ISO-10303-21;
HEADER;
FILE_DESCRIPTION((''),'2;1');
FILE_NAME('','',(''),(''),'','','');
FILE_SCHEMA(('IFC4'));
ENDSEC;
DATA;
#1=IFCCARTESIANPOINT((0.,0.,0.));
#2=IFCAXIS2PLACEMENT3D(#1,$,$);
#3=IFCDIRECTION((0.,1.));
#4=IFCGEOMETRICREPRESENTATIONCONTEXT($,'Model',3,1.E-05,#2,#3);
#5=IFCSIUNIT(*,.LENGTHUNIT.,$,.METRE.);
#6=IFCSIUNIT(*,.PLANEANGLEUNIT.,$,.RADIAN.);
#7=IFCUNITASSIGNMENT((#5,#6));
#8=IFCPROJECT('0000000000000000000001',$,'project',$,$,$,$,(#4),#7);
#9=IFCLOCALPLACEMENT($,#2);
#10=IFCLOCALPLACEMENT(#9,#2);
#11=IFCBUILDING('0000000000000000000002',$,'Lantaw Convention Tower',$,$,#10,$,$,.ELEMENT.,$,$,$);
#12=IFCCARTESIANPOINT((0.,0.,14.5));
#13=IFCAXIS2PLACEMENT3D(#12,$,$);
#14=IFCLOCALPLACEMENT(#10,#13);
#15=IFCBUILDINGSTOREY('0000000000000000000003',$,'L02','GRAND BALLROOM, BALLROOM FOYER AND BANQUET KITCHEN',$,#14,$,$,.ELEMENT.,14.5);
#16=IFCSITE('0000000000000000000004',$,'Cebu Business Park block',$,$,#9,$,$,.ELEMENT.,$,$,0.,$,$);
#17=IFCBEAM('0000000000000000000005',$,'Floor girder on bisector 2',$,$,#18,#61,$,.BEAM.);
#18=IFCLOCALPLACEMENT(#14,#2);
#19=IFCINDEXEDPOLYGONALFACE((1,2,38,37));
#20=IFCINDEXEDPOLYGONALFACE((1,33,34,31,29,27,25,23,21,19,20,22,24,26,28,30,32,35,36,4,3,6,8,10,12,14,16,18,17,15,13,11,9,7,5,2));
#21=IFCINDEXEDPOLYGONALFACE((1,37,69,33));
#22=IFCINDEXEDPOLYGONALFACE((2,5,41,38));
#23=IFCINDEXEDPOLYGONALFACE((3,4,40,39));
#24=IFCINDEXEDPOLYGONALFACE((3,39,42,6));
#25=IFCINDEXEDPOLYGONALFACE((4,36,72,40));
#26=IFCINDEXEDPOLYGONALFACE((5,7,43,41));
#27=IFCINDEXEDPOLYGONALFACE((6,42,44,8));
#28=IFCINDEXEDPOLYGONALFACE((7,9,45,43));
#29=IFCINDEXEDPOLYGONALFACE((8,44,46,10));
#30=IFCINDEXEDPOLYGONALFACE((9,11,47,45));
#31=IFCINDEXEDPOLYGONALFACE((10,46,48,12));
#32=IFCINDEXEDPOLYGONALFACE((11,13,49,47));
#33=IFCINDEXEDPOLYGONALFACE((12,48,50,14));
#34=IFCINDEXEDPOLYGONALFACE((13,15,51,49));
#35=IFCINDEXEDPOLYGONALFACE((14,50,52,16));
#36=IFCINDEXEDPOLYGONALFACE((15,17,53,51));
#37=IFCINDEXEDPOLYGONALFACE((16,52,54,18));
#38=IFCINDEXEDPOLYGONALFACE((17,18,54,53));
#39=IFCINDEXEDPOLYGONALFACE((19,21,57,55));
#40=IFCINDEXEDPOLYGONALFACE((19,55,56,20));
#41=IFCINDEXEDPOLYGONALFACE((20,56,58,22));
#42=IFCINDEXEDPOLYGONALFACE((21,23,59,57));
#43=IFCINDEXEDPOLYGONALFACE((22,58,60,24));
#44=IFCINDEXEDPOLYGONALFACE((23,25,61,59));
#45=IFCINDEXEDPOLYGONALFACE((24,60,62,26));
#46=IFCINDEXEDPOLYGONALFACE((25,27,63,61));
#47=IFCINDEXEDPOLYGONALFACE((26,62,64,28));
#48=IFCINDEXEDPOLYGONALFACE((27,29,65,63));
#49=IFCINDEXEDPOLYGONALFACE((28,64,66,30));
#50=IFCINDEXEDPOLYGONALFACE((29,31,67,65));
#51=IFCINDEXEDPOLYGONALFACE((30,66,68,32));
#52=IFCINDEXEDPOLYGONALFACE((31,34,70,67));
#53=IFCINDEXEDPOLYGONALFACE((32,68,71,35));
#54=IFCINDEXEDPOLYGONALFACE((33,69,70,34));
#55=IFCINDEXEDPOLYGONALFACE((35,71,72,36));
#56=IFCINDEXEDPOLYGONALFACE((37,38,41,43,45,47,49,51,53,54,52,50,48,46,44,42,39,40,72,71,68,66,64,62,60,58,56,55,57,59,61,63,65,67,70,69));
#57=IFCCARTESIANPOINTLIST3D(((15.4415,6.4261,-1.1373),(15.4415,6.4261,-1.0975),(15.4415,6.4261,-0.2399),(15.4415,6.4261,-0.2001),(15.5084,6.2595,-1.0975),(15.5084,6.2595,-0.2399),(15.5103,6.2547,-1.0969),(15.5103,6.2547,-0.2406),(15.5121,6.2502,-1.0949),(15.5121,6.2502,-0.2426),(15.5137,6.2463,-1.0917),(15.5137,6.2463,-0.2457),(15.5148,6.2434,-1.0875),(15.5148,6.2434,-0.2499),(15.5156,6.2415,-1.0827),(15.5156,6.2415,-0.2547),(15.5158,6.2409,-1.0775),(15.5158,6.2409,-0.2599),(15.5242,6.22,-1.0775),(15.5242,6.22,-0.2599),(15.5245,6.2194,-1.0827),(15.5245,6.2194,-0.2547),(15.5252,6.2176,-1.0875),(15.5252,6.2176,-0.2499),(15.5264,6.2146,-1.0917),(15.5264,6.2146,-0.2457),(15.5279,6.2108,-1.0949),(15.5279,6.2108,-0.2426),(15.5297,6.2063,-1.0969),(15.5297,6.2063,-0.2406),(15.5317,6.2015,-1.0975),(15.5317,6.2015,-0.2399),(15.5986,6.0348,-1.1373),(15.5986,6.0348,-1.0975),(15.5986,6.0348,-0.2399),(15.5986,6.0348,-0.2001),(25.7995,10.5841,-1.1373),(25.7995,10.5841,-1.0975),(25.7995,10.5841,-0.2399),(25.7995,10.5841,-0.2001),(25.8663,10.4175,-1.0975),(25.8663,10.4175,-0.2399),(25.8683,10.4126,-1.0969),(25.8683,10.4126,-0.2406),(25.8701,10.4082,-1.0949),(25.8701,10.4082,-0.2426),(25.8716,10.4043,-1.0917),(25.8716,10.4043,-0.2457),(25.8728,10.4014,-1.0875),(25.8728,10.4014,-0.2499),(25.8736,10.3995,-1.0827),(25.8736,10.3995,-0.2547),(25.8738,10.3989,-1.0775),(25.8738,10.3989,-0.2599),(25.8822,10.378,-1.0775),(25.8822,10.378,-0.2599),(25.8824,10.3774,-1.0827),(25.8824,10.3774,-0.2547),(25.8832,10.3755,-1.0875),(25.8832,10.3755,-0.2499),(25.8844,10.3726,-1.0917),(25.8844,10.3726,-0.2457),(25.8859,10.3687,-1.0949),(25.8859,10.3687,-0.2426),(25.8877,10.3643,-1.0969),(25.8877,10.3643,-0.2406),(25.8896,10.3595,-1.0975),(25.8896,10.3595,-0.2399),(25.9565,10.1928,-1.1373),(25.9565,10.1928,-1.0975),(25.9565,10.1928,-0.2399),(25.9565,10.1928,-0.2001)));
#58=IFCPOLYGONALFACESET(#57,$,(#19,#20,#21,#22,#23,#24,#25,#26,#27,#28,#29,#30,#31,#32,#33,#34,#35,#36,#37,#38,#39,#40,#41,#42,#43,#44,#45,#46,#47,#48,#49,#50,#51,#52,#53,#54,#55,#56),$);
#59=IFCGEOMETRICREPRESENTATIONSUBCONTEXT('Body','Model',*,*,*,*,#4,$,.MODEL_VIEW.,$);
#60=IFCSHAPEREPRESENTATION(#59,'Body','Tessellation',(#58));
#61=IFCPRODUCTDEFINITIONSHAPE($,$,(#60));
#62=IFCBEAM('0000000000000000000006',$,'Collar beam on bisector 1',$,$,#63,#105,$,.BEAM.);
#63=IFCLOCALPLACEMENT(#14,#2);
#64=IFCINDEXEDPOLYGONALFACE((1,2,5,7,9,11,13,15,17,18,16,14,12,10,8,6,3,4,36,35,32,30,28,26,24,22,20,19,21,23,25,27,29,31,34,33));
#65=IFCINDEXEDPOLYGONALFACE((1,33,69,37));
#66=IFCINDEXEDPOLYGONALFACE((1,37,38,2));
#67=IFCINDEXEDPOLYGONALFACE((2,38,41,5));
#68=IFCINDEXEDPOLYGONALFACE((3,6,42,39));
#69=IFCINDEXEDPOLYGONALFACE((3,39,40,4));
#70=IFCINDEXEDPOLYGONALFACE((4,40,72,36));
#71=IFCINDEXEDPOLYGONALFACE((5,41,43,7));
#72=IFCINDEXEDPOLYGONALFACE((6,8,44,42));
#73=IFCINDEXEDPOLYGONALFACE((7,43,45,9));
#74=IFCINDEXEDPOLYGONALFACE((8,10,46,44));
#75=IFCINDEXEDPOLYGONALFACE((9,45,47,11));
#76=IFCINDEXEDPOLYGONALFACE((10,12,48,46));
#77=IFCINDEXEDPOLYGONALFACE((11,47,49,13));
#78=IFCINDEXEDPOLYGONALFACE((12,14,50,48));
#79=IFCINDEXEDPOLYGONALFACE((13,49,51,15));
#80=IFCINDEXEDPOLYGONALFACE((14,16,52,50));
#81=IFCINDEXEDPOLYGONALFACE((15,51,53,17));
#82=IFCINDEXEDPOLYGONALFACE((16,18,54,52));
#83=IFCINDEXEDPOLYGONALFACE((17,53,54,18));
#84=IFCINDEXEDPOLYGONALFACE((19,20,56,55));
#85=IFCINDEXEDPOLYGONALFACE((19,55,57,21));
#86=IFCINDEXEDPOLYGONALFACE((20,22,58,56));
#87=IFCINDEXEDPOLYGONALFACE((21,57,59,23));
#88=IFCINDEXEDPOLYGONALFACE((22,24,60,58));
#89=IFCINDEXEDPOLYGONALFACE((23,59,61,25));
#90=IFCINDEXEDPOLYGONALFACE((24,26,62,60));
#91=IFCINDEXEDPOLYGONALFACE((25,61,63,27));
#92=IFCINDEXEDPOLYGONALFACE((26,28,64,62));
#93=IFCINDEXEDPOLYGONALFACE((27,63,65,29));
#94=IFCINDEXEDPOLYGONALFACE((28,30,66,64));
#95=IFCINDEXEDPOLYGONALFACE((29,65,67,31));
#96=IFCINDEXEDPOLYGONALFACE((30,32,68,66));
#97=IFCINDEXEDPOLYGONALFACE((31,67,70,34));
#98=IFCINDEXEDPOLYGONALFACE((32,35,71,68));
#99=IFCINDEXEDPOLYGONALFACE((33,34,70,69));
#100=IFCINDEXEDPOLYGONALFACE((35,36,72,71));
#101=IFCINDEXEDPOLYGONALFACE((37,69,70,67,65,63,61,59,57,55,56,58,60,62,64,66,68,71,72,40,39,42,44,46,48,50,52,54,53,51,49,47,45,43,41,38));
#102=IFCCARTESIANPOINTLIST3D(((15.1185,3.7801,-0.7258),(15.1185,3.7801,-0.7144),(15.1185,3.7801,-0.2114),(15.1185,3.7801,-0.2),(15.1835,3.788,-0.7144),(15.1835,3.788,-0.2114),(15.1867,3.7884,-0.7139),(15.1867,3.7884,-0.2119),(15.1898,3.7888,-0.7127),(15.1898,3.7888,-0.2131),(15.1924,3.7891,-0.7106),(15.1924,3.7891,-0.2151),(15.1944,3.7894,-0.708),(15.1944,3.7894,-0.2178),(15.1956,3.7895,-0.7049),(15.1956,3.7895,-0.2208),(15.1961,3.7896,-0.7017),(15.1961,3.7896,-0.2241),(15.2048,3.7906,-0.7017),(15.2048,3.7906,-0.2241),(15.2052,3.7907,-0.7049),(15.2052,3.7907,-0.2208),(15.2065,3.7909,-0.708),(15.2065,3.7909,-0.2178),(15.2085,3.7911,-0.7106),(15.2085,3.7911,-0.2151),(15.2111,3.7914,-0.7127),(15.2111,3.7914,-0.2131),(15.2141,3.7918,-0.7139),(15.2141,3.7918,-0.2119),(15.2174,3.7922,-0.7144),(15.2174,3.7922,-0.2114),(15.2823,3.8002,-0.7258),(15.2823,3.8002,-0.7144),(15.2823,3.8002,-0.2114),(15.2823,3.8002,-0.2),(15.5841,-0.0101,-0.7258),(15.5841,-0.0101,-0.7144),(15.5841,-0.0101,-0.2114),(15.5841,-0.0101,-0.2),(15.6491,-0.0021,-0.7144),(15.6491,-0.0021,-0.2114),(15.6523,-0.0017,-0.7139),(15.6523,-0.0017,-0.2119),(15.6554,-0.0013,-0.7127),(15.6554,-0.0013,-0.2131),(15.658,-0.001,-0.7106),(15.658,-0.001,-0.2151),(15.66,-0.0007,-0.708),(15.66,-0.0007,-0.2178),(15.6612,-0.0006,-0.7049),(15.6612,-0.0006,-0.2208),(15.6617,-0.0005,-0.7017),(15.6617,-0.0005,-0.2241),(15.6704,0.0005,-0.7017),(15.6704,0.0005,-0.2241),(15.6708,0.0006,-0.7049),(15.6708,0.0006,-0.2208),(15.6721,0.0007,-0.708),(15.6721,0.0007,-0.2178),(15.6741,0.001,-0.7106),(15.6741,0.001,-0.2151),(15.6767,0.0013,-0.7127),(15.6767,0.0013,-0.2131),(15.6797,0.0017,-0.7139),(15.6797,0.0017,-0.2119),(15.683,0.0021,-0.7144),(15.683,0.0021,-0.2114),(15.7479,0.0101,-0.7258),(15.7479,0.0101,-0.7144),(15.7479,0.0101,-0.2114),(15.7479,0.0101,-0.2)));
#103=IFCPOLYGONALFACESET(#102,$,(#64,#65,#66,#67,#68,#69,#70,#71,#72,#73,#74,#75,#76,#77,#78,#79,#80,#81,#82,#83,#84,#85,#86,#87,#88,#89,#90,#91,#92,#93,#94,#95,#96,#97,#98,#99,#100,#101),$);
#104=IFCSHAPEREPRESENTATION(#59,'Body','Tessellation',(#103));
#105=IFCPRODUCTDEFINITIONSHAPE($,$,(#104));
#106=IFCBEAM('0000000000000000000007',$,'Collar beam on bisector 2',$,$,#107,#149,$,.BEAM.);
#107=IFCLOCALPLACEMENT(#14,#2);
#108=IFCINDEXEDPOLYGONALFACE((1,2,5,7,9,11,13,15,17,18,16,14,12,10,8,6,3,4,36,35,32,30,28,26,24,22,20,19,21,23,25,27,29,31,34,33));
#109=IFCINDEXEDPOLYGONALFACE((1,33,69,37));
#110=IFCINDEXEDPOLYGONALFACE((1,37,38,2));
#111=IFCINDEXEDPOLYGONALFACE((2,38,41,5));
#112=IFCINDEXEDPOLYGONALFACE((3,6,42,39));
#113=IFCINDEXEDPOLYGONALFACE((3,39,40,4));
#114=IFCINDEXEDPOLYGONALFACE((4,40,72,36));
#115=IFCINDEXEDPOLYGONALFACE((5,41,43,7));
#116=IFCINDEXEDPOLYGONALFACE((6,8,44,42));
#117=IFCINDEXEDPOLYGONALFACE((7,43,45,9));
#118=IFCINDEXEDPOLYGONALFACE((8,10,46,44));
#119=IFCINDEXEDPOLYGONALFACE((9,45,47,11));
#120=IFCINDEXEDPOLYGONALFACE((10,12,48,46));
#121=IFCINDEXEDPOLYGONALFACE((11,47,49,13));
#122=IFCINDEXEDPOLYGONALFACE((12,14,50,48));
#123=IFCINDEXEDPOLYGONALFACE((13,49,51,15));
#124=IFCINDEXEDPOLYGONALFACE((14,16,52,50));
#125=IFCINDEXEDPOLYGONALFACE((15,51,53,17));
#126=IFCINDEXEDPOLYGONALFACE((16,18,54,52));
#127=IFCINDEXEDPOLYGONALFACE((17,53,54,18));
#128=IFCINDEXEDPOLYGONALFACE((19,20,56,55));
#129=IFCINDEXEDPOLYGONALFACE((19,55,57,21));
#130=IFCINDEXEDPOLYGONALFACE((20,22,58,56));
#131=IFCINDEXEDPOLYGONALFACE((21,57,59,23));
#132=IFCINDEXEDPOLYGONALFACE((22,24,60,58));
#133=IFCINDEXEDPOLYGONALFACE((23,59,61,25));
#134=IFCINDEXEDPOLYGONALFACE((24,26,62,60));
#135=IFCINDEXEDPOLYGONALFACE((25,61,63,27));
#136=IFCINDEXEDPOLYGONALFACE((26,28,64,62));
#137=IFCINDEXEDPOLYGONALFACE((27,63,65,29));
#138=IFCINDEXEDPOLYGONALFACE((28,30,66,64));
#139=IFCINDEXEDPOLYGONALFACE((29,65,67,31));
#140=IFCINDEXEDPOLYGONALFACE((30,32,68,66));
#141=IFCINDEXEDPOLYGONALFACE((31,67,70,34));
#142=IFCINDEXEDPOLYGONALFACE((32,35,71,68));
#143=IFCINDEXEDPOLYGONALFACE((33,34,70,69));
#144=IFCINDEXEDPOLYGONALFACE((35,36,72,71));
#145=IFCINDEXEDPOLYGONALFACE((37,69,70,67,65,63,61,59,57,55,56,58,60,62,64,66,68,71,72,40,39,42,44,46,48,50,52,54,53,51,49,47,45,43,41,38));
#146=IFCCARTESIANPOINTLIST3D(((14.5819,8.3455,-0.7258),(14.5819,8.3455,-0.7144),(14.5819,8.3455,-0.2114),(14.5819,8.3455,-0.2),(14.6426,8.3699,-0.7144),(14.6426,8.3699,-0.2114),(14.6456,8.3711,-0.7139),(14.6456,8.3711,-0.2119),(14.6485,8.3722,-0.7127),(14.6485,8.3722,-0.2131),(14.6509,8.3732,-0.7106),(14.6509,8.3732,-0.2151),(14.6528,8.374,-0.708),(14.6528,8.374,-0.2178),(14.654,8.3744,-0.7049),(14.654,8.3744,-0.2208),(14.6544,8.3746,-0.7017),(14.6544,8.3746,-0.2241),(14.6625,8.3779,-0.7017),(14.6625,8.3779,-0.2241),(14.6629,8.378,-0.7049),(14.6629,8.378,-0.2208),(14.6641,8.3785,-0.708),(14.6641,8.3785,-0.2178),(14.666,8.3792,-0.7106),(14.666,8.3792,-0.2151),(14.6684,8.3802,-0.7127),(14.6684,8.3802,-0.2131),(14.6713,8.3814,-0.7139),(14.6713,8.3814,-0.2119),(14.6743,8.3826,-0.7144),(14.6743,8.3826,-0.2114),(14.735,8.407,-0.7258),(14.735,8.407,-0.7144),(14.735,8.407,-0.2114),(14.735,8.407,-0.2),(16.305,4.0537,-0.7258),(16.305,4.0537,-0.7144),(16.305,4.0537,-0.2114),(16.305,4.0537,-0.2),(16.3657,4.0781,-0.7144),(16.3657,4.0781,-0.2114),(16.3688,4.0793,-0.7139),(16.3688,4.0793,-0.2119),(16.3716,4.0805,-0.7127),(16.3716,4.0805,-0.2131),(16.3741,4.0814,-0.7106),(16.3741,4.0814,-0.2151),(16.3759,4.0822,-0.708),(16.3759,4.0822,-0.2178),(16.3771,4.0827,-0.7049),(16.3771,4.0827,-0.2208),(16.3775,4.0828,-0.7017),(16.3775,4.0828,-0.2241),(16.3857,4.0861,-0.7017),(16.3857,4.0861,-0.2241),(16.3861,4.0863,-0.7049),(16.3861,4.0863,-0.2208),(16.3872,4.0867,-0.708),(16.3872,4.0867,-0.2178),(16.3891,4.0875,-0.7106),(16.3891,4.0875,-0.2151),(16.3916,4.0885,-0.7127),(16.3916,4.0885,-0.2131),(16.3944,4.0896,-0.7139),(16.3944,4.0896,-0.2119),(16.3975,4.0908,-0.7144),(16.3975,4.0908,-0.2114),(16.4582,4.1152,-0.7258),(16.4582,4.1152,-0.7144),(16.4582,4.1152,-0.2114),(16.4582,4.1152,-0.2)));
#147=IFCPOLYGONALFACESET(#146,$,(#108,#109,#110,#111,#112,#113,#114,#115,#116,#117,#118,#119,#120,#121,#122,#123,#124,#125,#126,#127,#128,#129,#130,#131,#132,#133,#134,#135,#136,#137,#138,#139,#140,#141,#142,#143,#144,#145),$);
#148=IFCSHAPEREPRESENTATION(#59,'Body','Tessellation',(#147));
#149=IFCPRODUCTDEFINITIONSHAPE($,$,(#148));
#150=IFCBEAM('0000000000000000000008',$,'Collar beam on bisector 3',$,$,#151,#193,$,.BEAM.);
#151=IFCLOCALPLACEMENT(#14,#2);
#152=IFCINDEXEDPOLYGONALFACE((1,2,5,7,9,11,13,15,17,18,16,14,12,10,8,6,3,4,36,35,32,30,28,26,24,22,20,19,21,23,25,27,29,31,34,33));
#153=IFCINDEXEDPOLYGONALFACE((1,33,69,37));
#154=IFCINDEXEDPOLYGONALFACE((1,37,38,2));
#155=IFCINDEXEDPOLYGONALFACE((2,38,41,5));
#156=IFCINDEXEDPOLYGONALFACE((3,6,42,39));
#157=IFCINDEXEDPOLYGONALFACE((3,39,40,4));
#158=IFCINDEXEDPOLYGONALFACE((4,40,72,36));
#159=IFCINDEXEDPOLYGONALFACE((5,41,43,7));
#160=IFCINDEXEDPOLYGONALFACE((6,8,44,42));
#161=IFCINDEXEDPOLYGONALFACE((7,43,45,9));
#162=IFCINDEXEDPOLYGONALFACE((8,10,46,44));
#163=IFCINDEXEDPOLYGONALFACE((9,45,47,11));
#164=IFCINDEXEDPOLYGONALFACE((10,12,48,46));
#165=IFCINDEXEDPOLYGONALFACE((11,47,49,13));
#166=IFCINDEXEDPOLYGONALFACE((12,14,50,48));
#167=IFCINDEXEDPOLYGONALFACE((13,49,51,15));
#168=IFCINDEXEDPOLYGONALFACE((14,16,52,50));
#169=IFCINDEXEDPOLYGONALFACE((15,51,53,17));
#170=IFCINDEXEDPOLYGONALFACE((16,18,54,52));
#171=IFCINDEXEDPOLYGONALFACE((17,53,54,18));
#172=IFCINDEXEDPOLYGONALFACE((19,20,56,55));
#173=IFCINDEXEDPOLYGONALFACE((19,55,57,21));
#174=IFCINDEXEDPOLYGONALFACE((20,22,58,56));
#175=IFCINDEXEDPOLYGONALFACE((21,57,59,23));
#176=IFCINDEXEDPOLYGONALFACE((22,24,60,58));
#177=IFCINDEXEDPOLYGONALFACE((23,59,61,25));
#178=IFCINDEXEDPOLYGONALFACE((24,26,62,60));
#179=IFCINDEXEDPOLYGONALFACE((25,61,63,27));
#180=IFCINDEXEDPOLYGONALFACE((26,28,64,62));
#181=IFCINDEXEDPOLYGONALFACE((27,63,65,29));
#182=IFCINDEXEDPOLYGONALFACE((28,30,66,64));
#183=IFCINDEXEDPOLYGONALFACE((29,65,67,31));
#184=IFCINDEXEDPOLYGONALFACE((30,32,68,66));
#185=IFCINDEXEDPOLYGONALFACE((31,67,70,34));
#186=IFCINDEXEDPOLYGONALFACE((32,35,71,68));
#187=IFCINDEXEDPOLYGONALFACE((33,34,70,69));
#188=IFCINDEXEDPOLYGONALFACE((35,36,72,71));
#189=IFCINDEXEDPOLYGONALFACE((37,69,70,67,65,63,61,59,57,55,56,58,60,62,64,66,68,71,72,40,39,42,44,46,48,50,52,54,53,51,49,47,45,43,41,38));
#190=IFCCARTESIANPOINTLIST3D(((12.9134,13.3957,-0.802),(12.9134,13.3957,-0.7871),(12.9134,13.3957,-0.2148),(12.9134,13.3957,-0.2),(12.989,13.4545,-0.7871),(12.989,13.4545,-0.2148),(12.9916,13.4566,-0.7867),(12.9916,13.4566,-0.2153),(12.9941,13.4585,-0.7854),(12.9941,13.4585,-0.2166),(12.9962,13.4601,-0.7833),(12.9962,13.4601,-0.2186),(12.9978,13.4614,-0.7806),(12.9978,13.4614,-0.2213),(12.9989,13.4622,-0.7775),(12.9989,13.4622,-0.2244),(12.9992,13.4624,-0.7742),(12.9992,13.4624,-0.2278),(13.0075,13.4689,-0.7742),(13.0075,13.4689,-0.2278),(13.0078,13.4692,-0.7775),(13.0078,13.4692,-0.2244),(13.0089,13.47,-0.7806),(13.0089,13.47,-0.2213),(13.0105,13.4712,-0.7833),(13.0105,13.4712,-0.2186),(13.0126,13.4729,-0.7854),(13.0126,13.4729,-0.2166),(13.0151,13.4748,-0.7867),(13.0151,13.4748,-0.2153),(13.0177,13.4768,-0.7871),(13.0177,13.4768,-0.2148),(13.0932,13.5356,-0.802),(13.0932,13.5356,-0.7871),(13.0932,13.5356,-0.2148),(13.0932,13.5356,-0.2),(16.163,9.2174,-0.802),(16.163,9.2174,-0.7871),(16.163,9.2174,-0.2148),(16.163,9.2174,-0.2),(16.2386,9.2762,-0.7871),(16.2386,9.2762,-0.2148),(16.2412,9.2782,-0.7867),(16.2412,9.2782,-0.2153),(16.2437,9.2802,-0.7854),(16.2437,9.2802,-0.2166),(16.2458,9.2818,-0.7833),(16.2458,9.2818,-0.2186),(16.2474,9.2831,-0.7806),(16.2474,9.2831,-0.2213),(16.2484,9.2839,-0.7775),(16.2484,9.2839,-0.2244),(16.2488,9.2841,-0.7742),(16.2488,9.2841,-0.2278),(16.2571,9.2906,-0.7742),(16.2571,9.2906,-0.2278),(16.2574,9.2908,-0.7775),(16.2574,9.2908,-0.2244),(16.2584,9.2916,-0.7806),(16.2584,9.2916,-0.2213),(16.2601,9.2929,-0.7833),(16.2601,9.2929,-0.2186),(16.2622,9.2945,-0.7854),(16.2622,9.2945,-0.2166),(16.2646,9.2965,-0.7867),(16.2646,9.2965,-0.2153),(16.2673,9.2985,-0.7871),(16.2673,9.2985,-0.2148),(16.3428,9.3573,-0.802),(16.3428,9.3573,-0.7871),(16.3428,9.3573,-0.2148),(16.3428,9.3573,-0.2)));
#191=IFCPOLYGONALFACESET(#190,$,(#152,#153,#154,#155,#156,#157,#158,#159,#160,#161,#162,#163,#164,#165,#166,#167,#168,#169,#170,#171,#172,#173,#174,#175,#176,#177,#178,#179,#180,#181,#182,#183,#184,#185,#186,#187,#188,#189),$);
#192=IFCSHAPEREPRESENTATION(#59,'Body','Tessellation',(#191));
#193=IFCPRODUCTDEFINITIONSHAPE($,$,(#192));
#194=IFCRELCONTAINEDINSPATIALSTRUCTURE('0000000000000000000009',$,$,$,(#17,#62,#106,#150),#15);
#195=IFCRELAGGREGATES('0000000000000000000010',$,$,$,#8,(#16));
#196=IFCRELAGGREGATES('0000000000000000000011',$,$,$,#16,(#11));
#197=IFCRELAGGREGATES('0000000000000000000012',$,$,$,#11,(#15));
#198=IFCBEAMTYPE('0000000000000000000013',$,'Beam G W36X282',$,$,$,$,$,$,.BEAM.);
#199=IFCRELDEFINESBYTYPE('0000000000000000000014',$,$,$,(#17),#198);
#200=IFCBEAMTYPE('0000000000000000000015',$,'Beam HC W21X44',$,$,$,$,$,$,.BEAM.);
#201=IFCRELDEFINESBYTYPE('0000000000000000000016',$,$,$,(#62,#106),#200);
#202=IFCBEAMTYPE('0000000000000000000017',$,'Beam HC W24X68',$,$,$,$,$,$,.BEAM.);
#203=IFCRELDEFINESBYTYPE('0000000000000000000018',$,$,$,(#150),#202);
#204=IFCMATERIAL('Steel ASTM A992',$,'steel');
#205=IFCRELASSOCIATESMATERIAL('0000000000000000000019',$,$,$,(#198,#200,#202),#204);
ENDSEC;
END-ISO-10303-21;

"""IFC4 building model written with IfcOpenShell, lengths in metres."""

from ifc_helpers import new_model, si_unit, direction, frame, origin, origin_2d, place, context, subcontext, project, spatial, i_section, extrude, material, material_profile, profile_set, type_object, element, save


model = new_model("IFC4")

# Units and contexts
model_context = context("Model", 3, precision=1e-05, world=origin(), true_north=direction((0.0, 1.0)))
body_context = subcontext(model_context, "Body", "Model", "MODEL_VIEW")
ifc_project = project(units=[si_unit("LENGTHUNIT", "METRE"), si_unit("PLANEANGLEUNIT", "RADIAN")], contexts=[model_context])

# Site, building, storey
site_placement = place(None, origin())
site = spatial("IfcSite", under=ifc_project, at=site_placement, Name="Cebu Business Park block", CompositionType="ELEMENT", RefElevation=0.0)
building_placement = place(site_placement, origin())
building = spatial("IfcBuilding", under=site, at=building_placement, Name="Lantaw Convention Tower", CompositionType="ELEMENT")
storey_placement = place(building_placement, frame((0.0, 0.0, 14.5)))
storey = spatial("IfcBuildingStorey", under=building, at=storey_placement, Name="L02", Description="GRAND BALLROOM, BALLROOM FOYER AND BANQUET KITCHEN", CompositionType="ELEMENT", Elevation=14.5)

# Beams
ifc_material_1 = material(Name="Steel ASTM A992", Category="steel")
ifc_material_profile_1 = material_profile(ifc_material_1, i_section(OverallWidth=0.4216, OverallDepth=0.9373, WebThickness=0.0225, FlangeThickness=0.0398, FilletRadius=0.02, at=origin_2d()), Name="W36X282")
ifc_profile_set_1 = profile_set([ifc_material_profile_1], Name="Steel ASTM A992")
beam_type_1 = type_object("IfcBeamType", Name="Beam G W36X282", PredefinedType="BEAM", material=ifc_profile_set_1)
beam_1_placement = place(storey_placement, frame((15.52, 6.2305, -0.6687), z_axis=(0.928019, 0.372533, 0.0), x_axis=(-0.372533, 0.928019, 0.0)))
element("IfcBeam", 1, at=beam_1_placement, inside=storey, type_object=beam_type_1, Name="Floor girder on bisector 2", PredefinedType="BEAM", context=body_context, shape_type="SweptSolid", body=[
    extrude(i_section(OverallWidth=0.4216, OverallDepth=0.9373, WebThickness=0.0225, FlangeThickness=0.0398, FilletRadius=0.02, at=origin_2d()), origin(), (0.0, 0.0, 1.0), 11.1614),
])
ifc_material_profile_2 = material_profile(ifc_material_1, i_section(OverallWidth=0.165, OverallDepth=0.5259, WebThickness=0.0088, FlangeThickness=0.0115, FilletRadius=0.0127, at=origin_2d()), Name="W21X44")
ifc_profile_set_2 = profile_set([ifc_material_profile_2], Name="Steel ASTM A992")
beam_type_2 = type_object("IfcBeamType", Name="Beam HC W21X44", PredefinedType="BEAM", material=ifc_profile_set_2)
beam_2_placement = place(storey_placement, frame((15.666, 0.0, -0.4629), z_axis=(-0.121926, 0.992539, 0.0), x_axis=(-0.992539, -0.121926, 0.0)))
element("IfcBeam", 2, at=beam_2_placement, inside=storey, type_object=beam_type_2, Name="Collar beam on bisector 1", PredefinedType="BEAM", context=body_context, shape_type="SweptSolid", body=[
    extrude(i_section(OverallWidth=0.165, OverallDepth=0.5259, WebThickness=0.0088, FlangeThickness=0.0115, FilletRadius=0.0127, at=origin_2d()), origin(), (0.0, 0.0, 1.0), 3.8186),
])
beam_3_placement = place(storey_placement, frame((16.3816, 4.0845, -0.4629), z_axis=(-0.372592, 0.927995, 0.0), x_axis=(-0.927995, -0.372592, 0.0)))
element("IfcBeam", 3, at=beam_3_placement, inside=storey, type_object=beam_type_2, Name="Collar beam on bisector 2", PredefinedType="BEAM", context=body_context, shape_type="SweptSolid", body=[
    extrude(i_section(OverallWidth=0.165, OverallDepth=0.5259, WebThickness=0.0088, FlangeThickness=0.0115, FilletRadius=0.0127, at=origin_2d()), origin(), (0.0, 0.0, 1.0), 4.6248),
])
ifc_material_profile_3 = material_profile(ifc_material_1, i_section(OverallWidth=0.2278, OverallDepth=0.6021, WebThickness=0.0105, FlangeThickness=0.0149, FilletRadius=0.0129, at=origin_2d()), Name="W24X68")
ifc_profile_set_3 = profile_set([ifc_material_profile_3], Name="Steel ASTM A992")
beam_type_3 = type_object("IfcBeamType", Name="Beam HC W24X68", PredefinedType="BEAM", material=ifc_profile_set_3)
beam_4_placement = place(storey_placement, frame((16.2529, 9.2874, -0.501), z_axis=(-0.613915, 0.789372, 0.0), x_axis=(-0.789372, -0.613915, 0.0)))
element("IfcBeam", 4, at=beam_4_placement, inside=storey, type_object=beam_type_3, Name="Collar beam on bisector 3", PredefinedType="BEAM", context=body_context, shape_type="SweptSolid", body=[
    extrude(i_section(OverallWidth=0.2278, OverallDepth=0.6021, WebThickness=0.0105, FlangeThickness=0.0149, FilletRadius=0.0129, at=origin_2d()), origin(), (0.0, 0.0, 1.0), 5.2932),
])

save(model, "model.ifc")
